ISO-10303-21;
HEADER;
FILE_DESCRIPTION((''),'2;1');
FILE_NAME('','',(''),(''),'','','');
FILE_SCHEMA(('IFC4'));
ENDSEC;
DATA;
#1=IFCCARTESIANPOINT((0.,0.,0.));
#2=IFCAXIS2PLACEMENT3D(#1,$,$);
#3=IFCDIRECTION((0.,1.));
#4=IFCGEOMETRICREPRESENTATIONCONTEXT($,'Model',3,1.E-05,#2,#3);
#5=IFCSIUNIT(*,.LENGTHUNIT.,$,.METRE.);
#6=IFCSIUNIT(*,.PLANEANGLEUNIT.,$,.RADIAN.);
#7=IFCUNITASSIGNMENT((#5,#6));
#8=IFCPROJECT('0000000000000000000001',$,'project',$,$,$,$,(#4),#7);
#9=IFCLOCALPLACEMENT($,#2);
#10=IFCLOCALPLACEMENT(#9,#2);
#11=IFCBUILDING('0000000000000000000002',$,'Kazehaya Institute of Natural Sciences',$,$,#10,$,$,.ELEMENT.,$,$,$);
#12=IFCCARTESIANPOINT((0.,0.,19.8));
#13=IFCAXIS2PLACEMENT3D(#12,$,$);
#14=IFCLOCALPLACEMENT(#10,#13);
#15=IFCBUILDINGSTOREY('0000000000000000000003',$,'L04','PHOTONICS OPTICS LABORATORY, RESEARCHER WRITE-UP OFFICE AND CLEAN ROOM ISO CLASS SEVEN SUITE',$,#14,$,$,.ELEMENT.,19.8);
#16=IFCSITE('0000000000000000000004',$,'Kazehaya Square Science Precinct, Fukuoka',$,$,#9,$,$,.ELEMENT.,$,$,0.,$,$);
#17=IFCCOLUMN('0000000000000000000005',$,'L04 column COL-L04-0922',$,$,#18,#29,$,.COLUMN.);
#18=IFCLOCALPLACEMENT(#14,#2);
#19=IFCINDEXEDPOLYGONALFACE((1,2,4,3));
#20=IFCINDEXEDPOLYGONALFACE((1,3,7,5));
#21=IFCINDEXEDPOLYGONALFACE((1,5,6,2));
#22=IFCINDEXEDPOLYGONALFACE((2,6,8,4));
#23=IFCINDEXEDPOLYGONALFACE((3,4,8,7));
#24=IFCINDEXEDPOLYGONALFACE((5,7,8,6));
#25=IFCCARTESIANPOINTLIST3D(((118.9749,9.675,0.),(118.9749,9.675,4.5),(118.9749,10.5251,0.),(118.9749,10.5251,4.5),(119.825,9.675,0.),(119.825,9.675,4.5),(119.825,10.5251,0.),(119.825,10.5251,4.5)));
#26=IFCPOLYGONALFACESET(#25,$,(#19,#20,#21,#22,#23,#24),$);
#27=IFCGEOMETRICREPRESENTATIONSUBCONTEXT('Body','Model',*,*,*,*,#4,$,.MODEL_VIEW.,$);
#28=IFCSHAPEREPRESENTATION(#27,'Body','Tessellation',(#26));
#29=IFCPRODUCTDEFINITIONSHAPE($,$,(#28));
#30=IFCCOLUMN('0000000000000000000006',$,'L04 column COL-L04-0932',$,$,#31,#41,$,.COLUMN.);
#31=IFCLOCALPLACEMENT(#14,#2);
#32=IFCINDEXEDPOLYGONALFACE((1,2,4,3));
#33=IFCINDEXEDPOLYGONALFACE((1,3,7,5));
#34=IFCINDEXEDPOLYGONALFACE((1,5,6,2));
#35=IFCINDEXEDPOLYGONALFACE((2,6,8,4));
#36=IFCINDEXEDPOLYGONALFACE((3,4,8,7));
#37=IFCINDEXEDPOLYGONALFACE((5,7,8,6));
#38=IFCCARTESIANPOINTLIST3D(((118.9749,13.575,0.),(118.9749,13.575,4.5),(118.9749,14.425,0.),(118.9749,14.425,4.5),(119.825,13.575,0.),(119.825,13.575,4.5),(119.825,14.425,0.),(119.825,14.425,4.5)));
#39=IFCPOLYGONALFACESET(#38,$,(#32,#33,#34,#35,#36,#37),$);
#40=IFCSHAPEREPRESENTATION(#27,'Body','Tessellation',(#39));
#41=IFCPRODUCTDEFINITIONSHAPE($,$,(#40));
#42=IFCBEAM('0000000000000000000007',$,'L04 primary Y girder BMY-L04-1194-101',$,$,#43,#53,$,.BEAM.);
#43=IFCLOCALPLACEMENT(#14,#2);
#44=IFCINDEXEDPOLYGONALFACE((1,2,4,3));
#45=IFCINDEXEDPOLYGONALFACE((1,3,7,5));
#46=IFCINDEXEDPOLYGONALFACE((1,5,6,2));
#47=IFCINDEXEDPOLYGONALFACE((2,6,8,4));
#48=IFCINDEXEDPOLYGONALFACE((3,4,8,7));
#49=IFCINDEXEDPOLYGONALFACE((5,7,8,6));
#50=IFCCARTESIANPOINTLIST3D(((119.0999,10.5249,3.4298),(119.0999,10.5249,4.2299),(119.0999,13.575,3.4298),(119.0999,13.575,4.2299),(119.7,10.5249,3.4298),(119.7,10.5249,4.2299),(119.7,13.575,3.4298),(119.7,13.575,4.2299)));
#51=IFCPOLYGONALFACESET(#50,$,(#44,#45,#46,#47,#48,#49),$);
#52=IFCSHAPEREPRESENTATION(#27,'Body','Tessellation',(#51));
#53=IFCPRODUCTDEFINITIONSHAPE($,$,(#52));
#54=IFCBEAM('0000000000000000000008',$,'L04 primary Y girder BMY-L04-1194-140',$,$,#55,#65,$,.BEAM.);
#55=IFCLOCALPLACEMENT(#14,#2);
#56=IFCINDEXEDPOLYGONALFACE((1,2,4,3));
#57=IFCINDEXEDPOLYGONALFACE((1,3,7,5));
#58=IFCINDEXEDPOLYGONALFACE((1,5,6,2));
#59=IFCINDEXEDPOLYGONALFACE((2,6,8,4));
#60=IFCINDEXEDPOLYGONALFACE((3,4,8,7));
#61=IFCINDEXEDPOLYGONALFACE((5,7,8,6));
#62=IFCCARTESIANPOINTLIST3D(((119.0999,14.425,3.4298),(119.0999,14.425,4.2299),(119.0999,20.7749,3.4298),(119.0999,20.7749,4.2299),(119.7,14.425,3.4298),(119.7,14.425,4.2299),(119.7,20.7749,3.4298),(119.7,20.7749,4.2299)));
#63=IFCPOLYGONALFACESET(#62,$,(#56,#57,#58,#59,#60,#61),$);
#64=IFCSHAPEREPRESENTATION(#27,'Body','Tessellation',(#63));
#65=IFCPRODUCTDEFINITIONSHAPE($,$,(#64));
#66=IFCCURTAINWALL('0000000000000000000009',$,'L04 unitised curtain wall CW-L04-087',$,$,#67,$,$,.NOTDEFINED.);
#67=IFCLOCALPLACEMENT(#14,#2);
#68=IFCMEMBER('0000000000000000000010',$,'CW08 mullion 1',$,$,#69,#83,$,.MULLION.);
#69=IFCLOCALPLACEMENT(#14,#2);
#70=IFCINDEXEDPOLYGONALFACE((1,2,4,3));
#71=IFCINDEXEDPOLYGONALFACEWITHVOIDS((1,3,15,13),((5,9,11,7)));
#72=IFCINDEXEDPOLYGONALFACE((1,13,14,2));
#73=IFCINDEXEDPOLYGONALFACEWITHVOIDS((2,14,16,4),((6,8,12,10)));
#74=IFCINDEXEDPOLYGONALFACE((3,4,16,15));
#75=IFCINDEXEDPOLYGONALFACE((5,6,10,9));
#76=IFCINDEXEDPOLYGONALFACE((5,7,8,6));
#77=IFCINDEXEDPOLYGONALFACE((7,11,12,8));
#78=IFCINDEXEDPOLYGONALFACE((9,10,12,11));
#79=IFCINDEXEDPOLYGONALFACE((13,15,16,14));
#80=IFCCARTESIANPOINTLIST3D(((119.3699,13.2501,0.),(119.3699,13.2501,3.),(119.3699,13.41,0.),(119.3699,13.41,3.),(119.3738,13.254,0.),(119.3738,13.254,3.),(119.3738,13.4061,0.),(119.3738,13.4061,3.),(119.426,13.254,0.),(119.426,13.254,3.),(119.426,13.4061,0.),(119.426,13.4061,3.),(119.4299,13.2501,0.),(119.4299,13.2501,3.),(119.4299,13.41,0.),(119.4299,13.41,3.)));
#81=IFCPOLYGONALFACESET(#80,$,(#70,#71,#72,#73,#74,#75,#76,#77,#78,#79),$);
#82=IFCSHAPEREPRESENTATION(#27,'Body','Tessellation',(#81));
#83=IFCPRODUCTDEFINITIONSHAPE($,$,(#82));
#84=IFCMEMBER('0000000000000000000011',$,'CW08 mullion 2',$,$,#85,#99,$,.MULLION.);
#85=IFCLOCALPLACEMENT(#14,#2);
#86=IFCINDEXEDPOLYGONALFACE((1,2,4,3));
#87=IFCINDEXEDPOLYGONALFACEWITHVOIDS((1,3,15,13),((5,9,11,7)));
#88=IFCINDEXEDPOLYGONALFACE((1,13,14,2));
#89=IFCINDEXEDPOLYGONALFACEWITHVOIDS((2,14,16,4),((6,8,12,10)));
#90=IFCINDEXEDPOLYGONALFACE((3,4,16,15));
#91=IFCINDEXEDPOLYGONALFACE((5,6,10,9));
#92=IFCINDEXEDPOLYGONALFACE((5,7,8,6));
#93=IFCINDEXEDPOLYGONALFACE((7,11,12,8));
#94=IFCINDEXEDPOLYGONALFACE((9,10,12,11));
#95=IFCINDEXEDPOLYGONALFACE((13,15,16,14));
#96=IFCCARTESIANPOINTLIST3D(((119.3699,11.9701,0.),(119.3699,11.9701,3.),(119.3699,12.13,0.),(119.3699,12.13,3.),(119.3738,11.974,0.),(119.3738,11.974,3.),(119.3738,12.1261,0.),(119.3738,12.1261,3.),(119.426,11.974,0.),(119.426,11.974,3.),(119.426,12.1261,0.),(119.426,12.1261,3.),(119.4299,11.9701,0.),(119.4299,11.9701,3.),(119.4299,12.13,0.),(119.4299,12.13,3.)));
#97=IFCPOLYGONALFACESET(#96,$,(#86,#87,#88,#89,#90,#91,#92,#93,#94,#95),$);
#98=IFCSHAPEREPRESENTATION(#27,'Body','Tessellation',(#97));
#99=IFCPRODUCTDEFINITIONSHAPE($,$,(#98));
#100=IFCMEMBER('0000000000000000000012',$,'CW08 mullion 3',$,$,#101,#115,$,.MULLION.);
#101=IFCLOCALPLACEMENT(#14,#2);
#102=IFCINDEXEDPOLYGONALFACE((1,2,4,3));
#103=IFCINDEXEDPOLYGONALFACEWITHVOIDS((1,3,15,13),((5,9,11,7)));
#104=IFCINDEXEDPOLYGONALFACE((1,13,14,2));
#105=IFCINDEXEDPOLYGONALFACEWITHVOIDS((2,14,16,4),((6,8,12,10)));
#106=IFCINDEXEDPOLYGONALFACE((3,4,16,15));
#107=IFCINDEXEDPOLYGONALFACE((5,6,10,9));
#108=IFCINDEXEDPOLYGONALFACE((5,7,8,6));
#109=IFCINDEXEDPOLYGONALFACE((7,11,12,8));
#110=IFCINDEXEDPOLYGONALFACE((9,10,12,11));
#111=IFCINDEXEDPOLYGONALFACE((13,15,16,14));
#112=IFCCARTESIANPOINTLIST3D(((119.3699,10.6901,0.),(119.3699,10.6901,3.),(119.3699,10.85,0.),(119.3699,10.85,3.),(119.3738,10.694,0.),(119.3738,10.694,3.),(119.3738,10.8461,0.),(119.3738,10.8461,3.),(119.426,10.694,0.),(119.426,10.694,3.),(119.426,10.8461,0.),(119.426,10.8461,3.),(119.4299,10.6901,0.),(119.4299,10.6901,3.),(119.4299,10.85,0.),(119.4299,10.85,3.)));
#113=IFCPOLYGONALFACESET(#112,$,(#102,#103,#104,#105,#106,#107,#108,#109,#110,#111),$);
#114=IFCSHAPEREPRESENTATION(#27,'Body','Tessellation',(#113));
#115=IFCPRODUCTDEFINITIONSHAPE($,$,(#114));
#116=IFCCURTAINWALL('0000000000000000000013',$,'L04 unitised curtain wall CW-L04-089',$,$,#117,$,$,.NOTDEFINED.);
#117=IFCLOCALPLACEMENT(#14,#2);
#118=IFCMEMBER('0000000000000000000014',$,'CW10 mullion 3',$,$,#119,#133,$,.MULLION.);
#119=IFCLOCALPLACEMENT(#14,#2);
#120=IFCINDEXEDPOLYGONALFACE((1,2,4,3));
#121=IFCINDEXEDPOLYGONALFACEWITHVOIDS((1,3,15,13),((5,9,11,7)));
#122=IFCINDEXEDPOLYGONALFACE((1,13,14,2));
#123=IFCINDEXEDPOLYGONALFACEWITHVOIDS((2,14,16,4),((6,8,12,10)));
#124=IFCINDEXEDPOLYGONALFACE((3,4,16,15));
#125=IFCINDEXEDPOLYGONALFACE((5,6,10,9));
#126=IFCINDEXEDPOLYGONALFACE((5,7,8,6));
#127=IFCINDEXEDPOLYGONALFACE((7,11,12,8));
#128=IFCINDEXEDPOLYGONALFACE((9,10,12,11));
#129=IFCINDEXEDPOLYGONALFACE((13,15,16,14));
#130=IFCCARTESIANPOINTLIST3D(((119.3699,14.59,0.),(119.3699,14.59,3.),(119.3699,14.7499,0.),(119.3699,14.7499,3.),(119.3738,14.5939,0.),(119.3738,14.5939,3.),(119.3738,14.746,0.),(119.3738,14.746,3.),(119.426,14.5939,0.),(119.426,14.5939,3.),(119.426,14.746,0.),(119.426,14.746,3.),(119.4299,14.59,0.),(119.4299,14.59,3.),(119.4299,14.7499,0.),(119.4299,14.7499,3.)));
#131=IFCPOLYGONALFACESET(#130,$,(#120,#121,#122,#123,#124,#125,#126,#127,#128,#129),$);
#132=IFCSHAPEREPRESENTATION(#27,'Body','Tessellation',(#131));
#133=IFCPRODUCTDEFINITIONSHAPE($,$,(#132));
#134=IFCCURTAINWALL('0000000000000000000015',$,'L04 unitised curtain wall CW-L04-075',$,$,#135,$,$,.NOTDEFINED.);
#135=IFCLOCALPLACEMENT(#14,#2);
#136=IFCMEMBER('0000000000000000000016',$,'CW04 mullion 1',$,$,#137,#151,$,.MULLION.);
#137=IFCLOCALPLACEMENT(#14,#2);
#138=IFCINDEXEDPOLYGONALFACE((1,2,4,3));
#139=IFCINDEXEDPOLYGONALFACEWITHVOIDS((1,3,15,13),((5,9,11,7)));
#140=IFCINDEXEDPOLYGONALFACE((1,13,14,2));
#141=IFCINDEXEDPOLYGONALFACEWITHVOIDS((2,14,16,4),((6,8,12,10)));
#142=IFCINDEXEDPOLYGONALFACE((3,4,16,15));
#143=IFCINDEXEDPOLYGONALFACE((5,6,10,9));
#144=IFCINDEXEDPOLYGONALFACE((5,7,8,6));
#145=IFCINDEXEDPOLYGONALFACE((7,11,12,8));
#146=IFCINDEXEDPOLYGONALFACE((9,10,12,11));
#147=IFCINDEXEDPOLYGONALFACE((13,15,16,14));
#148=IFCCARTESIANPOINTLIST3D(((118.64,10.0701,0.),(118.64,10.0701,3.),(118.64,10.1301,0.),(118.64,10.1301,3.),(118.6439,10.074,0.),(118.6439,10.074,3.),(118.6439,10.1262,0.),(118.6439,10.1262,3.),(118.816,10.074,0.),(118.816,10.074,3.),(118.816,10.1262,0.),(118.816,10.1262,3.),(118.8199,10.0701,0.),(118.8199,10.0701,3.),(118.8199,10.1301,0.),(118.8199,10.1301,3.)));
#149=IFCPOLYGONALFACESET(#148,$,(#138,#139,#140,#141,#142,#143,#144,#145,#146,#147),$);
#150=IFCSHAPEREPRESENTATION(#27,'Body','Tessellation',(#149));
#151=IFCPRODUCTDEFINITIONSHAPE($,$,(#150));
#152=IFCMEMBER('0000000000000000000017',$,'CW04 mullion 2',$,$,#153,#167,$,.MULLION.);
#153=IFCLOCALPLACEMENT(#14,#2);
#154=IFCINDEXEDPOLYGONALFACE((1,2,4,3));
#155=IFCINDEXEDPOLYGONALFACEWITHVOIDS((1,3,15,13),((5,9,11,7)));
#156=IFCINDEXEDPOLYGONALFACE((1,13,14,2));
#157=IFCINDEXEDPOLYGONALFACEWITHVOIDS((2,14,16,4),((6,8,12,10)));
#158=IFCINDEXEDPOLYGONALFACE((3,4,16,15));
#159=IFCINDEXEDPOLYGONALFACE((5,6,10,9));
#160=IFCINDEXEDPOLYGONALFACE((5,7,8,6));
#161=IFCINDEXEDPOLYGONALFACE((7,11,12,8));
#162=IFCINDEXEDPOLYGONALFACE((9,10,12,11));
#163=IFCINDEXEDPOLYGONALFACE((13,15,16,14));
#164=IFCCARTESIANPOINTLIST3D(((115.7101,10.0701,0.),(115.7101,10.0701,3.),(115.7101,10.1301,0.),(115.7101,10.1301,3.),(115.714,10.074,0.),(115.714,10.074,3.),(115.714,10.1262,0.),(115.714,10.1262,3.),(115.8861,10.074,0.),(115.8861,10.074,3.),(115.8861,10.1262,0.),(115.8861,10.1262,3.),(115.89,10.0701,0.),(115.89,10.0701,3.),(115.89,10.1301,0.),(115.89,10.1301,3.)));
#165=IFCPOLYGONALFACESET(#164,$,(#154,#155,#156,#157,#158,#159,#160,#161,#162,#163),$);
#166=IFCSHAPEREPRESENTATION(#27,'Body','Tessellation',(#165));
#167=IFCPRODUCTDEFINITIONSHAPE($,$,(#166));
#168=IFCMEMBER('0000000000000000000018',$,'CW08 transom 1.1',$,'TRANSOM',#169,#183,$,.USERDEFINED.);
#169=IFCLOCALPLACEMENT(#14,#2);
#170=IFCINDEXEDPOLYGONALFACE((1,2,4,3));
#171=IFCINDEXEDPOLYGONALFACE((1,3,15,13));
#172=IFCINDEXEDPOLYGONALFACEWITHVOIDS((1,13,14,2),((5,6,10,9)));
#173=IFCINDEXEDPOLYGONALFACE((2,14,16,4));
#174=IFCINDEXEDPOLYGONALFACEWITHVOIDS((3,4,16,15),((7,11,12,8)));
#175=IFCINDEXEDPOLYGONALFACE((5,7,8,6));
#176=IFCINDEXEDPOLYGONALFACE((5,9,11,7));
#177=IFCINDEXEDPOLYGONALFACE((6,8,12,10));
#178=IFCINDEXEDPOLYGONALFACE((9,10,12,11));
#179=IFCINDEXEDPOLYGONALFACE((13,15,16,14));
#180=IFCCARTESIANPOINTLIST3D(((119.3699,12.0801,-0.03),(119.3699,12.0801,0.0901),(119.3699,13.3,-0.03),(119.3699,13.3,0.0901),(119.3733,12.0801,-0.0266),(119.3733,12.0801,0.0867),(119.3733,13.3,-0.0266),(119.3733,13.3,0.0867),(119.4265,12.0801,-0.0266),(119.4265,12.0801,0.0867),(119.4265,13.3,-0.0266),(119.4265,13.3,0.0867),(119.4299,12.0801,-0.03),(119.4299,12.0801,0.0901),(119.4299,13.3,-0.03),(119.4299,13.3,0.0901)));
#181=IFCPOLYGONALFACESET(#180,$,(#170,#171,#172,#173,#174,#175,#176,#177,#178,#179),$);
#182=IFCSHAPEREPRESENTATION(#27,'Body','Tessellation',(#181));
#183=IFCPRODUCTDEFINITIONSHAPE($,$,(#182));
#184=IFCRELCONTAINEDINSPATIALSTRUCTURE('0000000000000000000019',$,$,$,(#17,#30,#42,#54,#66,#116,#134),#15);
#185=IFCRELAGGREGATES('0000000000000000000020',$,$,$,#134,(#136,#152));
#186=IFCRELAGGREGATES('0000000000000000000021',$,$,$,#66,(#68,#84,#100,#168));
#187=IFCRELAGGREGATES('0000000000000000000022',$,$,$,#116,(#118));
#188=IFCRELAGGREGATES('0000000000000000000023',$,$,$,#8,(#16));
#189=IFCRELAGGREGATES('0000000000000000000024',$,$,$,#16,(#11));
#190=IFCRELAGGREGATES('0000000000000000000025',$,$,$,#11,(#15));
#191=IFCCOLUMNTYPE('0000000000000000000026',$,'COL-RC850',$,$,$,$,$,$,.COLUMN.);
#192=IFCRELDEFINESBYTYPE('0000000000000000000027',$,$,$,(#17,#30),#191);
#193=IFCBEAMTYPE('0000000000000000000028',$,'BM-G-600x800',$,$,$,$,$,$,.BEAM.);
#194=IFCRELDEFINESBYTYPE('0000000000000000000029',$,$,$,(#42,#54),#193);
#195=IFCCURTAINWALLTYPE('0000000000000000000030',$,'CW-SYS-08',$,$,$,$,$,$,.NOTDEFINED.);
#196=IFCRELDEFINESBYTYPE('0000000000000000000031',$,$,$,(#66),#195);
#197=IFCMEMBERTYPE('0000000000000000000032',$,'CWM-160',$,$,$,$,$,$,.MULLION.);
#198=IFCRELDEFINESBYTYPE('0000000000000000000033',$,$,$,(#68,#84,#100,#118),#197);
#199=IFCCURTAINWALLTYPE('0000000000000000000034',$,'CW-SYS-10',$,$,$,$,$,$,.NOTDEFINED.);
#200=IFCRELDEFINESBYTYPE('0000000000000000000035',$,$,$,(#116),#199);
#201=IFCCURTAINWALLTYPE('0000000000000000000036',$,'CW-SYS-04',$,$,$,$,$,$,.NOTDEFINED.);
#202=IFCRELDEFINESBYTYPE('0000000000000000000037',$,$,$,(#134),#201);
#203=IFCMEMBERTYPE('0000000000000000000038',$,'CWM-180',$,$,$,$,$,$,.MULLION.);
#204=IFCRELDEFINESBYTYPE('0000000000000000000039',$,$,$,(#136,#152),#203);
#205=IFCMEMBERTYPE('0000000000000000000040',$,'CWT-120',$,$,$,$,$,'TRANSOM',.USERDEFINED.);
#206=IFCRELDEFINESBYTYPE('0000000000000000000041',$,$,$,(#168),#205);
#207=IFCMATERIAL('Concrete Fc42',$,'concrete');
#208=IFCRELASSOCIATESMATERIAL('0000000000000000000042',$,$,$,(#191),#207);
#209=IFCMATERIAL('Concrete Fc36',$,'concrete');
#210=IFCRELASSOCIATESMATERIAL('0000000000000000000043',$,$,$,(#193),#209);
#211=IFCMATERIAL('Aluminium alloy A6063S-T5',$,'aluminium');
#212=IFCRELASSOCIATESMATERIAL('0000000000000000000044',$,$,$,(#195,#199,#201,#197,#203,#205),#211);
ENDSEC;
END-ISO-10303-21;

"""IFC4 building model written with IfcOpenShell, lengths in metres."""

from ifc_helpers import new_model, si_unit, direction, frame, origin, origin_2d, place, context, subcontext, project, spatial, rectangle, hollow_rectangle, extrude, material, material_profile, profile_set, type_object, element, aggregate, save


model = new_model("IFC4")

# Units and contexts
model_context = context("Model", 3, precision=1e-05, world=origin(), true_north=direction((0.0, 1.0)))
body_context = subcontext(model_context, "Body", "Model", "MODEL_VIEW")
ifc_project = project(units=[si_unit("LENGTHUNIT", "METRE"), si_unit("PLANEANGLEUNIT", "RADIAN")], contexts=[model_context])

# Site, building, storey
site_placement = place(None, origin())
site = spatial("IfcSite", under=ifc_project, at=site_placement, Name="Kazehaya Square Science Precinct, Fukuoka", CompositionType="ELEMENT", RefElevation=0.0)
building_placement = place(site_placement, origin())
building = spatial("IfcBuilding", under=site, at=building_placement, Name="Kazehaya Institute of Natural Sciences", CompositionType="ELEMENT")
storey_placement = place(building_placement, frame((0.0, 0.0, 19.8)))
storey = spatial("IfcBuildingStorey", under=building, at=storey_placement, Name="L04", Description="PHOTONICS OPTICS LABORATORY, RESEARCHER WRITE-UP OFFICE AND CLEAN ROOM ISO CLASS SEVEN SUITE", CompositionType="ELEMENT", Elevation=19.8)

# Columns
ifc_material_1 = material(Name="Concrete Fc42", Category="concrete")
ifc_material_profile_1 = material_profile(ifc_material_1, rectangle(XDim=0.8501, YDim=0.8501, at=origin_2d()), Name="RC-850x850")
ifc_profile_set_1 = profile_set([ifc_material_profile_1], Name="Concrete Fc42")
column_type = type_object("IfcColumnType", Name="COL-RC850", PredefinedType="COLUMN", material=ifc_profile_set_1)
for number, where, z_axis, x_axis, name in (
    (1, (119.3999, 10.1001, 0.0), (0.0, 0.0, 1.0), (1.0, 0.0, 0.0), "L04 column COL-L04-0922"),
    (2, (119.3999, 14.0, 0.0), (0.0, 0.0, 1.0), (1.0, 0.0, 0.0), "L04 column COL-L04-0932"),
):
    element("IfcColumn", number, at=place(storey_placement, frame(where, z_axis=z_axis, x_axis=x_axis)), inside=storey, type_object=column_type, Name=name, PredefinedType="COLUMN", context=body_context, shape_type="SweptSolid", body=[
        extrude(rectangle(XDim=0.8501, YDim=0.8501, at=origin_2d()), origin(), (0.0, 0.0, 1.0), 4.5),
    ])

# Beams
ifc_material_2 = material(Name="Concrete Fc36", Category="concrete")
ifc_material_profile_2 = material_profile(ifc_material_2, rectangle(XDim=0.6001, YDim=0.8, at=origin_2d()), Name="RC-600x800")
ifc_profile_set_2 = profile_set([ifc_material_profile_2], Name="Concrete Fc36")
beam_type = type_object("IfcBeamType", Name="BM-G-600x800", PredefinedType="BEAM", material=ifc_profile_set_2)
beam_1_placement = place(storey_placement, frame((119.3999, 10.5249, 3.8298), z_axis=(0.0, 1.0, 0.0), x_axis=(-1.0, 0.0, 0.0)))
element("IfcBeam", 3, at=beam_1_placement, inside=storey, type_object=beam_type, Name="L04 primary Y girder BMY-L04-1194-101", PredefinedType="BEAM", context=body_context, shape_type="SweptSolid", body=[
    extrude(rectangle(XDim=0.6001, YDim=0.8, at=origin_2d()), origin(), (0.0, 0.0, 1.0), 3.05),
])
beam_2_placement = place(storey_placement, frame((119.3999, 14.425, 3.8298), z_axis=(0.0, 1.0, 0.0), x_axis=(-1.0, 0.0, 0.0)))
element("IfcBeam", 4, at=beam_2_placement, inside=storey, type_object=beam_type, Name="L04 primary Y girder BMY-L04-1194-140", PredefinedType="BEAM", context=body_context, shape_type="SweptSolid", body=[
    extrude(rectangle(XDim=0.6001, YDim=0.8, at=origin_2d()), origin(), (0.0, 0.0, 1.0), 6.3499),
])

# Curtain wall, members
ifc_material_3 = material(Name="Aluminium alloy A6063S-T5", Category="aluminium")
curtain_wall_type_1 = type_object("IfcCurtainWallType", Name="CW-SYS-08", PredefinedType="NOTDEFINED", material=ifc_material_3)
curtain_wall_1_placement = place(storey_placement, origin())
curtain_wall_1 = element("IfcCurtainWall", 5, at=curtain_wall_1_placement, inside=storey, type_object=curtain_wall_type_1, Name="L04 unitised curtain wall CW-L04-087", PredefinedType="NOTDEFINED")
ifc_material_profile_3 = material_profile(ifc_material_3, hollow_rectangle(XDim=0.0601, YDim=0.1599, WallThickness=0.0039, at=origin_2d()), Name="ALU-60x160x4")
ifc_profile_set_3 = profile_set([ifc_material_profile_3], Name="Aluminium alloy A6063S-T5")
member_type_1 = type_object("IfcMemberType", Name="CWM-160", PredefinedType="MULLION", material=ifc_profile_set_3)
member_1_placement = place(storey_placement, frame((119.3999, 13.3301, 0.0), z_axis=(0.0, 0.0, 1.0), x_axis=(1.0, 0.0, 0.0)))
member_1 = element("IfcMember", 6, at=member_1_placement, type_object=member_type_1, Name="CW08 mullion 1", PredefinedType="MULLION", context=body_context, shape_type="SweptSolid", body=[
    extrude(hollow_rectangle(XDim=0.0601, YDim=0.1599, WallThickness=0.0039, at=origin_2d()), origin(), (0.0, 0.0, 1.0), 3.0),
])
member_2_placement = place(storey_placement, frame((119.3999, 12.05, 0.0), z_axis=(0.0, 0.0, 1.0), x_axis=(1.0, 0.0, 0.0)))
member_2 = element("IfcMember", 7, at=member_2_placement, type_object=member_type_1, Name="CW08 mullion 2", PredefinedType="MULLION", context=body_context, shape_type="SweptSolid", body=[
    extrude(hollow_rectangle(XDim=0.0601, YDim=0.1599, WallThickness=0.0039, at=origin_2d()), origin(), (0.0, 0.0, 1.0), 3.0),
])
member_3_placement = place(storey_placement, frame((119.3999, 10.77, 0.0), z_axis=(0.0, 0.0, 1.0), x_axis=(1.0, 0.0, 0.0)))
member_3 = element("IfcMember", 8, at=member_3_placement, type_object=member_type_1, Name="CW08 mullion 3", PredefinedType="MULLION", context=body_context, shape_type="SweptSolid", body=[
    extrude(hollow_rectangle(XDim=0.0601, YDim=0.1599, WallThickness=0.0039, at=origin_2d()), origin(), (0.0, 0.0, 1.0), 3.0),
])

# Curtain wall, member
curtain_wall_type_2 = type_object("IfcCurtainWallType", Name="CW-SYS-10", PredefinedType="NOTDEFINED", material=ifc_material_3)
curtain_wall_2_placement = place(storey_placement, origin())
curtain_wall_2 = element("IfcCurtainWall", 9, at=curtain_wall_2_placement, inside=storey, type_object=curtain_wall_type_2, Name="L04 unitised curtain wall CW-L04-089", PredefinedType="NOTDEFINED")
member_4_placement = place(storey_placement, frame((119.3999, 14.6699, 0.0), z_axis=(0.0, 0.0, 1.0), x_axis=(1.0, 0.0, 0.0)))
member_4 = element("IfcMember", 10, at=member_4_placement, type_object=member_type_1, Name="CW10 mullion 3", PredefinedType="MULLION", context=body_context, shape_type="SweptSolid", body=[
    extrude(hollow_rectangle(XDim=0.0601, YDim=0.1599, WallThickness=0.0039, at=origin_2d()), origin(), (0.0, 0.0, 1.0), 3.0),
])

# Curtain wall, members
curtain_wall_type_3 = type_object("IfcCurtainWallType", Name="CW-SYS-04", PredefinedType="NOTDEFINED", material=ifc_material_3)
curtain_wall_3_placement = place(storey_placement, origin())
curtain_wall_3 = element("IfcCurtainWall", 11, at=curtain_wall_3_placement, inside=storey, type_object=curtain_wall_type_3, Name="L04 unitised curtain wall CW-L04-075", PredefinedType="NOTDEFINED")
ifc_material_profile_4 = material_profile(ifc_material_3, hollow_rectangle(XDim=0.0601, YDim=0.1799, WallThickness=0.0039, at=origin_2d()), Name="ALU-60x180x4")
ifc_profile_set_4 = profile_set([ifc_material_profile_4], Name="Aluminium alloy A6063S-T5")
member_type_2 = type_object("IfcMemberType", Name="CWM-180", PredefinedType="MULLION", material=ifc_profile_set_4)
member_5_placement = place(storey_placement, frame((118.73, 10.1001, 0.0), z_axis=(0.0, 0.0, 1.0), x_axis=(0.0, -1.0, 0.0)))
member_5 = element("IfcMember", 12, at=member_5_placement, type_object=member_type_2, Name="CW04 mullion 1", PredefinedType="MULLION", context=body_context, shape_type="SweptSolid", body=[
    extrude(hollow_rectangle(XDim=0.0601, YDim=0.1799, WallThickness=0.0039, at=origin_2d()), origin(), (0.0, 0.0, 1.0), 3.0),
])
member_6_placement = place(storey_placement, frame((115.8, 10.1001, 0.0), z_axis=(0.0, 0.0, 1.0), x_axis=(0.0, -1.0, 0.0)))
member_6 = element("IfcMember", 13, at=member_6_placement, type_object=member_type_2, Name="CW04 mullion 2", PredefinedType="MULLION", context=body_context, shape_type="SweptSolid", body=[
    extrude(hollow_rectangle(XDim=0.0601, YDim=0.1799, WallThickness=0.0039, at=origin_2d()), origin(), (0.0, 0.0, 1.0), 3.0),
])

# Member
ifc_material_profile_5 = material_profile(ifc_material_3, hollow_rectangle(XDim=0.0601, YDim=0.1201, WallThickness=0.0034, at=origin_2d()), Name="ALU-60x120x3.5")
ifc_profile_set_5 = profile_set([ifc_material_profile_5], Name="Aluminium alloy A6063S-T5")
member_type_3 = type_object("IfcMemberType", Name="CWT-120", ElementType="TRANSOM", PredefinedType="USERDEFINED", material=ifc_profile_set_5)
member_7_placement = place(storey_placement, frame((119.3999, 13.3, 0.03), z_axis=(0.0, -1.0, 0.0), x_axis=(1.0, 0.0, 0.0)))
member_7 = element("IfcMember", 14, at=member_7_placement, type_object=member_type_3, Name="CW08 transom 1.1", ObjectType="TRANSOM", PredefinedType="USERDEFINED", context=body_context, shape_type="SweptSolid", body=[
    extrude(hollow_rectangle(XDim=0.0601, YDim=0.1201, WallThickness=0.0034, at=origin_2d()), origin(), (0.0, 0.0, 1.0), 1.22),
])

aggregate(curtain_wall_3, [member_5, member_6])
aggregate(curtain_wall_1, [member_1, member_2, member_3, member_7])
aggregate(curtain_wall_2, [member_4])

save(model, "model.ifc")
